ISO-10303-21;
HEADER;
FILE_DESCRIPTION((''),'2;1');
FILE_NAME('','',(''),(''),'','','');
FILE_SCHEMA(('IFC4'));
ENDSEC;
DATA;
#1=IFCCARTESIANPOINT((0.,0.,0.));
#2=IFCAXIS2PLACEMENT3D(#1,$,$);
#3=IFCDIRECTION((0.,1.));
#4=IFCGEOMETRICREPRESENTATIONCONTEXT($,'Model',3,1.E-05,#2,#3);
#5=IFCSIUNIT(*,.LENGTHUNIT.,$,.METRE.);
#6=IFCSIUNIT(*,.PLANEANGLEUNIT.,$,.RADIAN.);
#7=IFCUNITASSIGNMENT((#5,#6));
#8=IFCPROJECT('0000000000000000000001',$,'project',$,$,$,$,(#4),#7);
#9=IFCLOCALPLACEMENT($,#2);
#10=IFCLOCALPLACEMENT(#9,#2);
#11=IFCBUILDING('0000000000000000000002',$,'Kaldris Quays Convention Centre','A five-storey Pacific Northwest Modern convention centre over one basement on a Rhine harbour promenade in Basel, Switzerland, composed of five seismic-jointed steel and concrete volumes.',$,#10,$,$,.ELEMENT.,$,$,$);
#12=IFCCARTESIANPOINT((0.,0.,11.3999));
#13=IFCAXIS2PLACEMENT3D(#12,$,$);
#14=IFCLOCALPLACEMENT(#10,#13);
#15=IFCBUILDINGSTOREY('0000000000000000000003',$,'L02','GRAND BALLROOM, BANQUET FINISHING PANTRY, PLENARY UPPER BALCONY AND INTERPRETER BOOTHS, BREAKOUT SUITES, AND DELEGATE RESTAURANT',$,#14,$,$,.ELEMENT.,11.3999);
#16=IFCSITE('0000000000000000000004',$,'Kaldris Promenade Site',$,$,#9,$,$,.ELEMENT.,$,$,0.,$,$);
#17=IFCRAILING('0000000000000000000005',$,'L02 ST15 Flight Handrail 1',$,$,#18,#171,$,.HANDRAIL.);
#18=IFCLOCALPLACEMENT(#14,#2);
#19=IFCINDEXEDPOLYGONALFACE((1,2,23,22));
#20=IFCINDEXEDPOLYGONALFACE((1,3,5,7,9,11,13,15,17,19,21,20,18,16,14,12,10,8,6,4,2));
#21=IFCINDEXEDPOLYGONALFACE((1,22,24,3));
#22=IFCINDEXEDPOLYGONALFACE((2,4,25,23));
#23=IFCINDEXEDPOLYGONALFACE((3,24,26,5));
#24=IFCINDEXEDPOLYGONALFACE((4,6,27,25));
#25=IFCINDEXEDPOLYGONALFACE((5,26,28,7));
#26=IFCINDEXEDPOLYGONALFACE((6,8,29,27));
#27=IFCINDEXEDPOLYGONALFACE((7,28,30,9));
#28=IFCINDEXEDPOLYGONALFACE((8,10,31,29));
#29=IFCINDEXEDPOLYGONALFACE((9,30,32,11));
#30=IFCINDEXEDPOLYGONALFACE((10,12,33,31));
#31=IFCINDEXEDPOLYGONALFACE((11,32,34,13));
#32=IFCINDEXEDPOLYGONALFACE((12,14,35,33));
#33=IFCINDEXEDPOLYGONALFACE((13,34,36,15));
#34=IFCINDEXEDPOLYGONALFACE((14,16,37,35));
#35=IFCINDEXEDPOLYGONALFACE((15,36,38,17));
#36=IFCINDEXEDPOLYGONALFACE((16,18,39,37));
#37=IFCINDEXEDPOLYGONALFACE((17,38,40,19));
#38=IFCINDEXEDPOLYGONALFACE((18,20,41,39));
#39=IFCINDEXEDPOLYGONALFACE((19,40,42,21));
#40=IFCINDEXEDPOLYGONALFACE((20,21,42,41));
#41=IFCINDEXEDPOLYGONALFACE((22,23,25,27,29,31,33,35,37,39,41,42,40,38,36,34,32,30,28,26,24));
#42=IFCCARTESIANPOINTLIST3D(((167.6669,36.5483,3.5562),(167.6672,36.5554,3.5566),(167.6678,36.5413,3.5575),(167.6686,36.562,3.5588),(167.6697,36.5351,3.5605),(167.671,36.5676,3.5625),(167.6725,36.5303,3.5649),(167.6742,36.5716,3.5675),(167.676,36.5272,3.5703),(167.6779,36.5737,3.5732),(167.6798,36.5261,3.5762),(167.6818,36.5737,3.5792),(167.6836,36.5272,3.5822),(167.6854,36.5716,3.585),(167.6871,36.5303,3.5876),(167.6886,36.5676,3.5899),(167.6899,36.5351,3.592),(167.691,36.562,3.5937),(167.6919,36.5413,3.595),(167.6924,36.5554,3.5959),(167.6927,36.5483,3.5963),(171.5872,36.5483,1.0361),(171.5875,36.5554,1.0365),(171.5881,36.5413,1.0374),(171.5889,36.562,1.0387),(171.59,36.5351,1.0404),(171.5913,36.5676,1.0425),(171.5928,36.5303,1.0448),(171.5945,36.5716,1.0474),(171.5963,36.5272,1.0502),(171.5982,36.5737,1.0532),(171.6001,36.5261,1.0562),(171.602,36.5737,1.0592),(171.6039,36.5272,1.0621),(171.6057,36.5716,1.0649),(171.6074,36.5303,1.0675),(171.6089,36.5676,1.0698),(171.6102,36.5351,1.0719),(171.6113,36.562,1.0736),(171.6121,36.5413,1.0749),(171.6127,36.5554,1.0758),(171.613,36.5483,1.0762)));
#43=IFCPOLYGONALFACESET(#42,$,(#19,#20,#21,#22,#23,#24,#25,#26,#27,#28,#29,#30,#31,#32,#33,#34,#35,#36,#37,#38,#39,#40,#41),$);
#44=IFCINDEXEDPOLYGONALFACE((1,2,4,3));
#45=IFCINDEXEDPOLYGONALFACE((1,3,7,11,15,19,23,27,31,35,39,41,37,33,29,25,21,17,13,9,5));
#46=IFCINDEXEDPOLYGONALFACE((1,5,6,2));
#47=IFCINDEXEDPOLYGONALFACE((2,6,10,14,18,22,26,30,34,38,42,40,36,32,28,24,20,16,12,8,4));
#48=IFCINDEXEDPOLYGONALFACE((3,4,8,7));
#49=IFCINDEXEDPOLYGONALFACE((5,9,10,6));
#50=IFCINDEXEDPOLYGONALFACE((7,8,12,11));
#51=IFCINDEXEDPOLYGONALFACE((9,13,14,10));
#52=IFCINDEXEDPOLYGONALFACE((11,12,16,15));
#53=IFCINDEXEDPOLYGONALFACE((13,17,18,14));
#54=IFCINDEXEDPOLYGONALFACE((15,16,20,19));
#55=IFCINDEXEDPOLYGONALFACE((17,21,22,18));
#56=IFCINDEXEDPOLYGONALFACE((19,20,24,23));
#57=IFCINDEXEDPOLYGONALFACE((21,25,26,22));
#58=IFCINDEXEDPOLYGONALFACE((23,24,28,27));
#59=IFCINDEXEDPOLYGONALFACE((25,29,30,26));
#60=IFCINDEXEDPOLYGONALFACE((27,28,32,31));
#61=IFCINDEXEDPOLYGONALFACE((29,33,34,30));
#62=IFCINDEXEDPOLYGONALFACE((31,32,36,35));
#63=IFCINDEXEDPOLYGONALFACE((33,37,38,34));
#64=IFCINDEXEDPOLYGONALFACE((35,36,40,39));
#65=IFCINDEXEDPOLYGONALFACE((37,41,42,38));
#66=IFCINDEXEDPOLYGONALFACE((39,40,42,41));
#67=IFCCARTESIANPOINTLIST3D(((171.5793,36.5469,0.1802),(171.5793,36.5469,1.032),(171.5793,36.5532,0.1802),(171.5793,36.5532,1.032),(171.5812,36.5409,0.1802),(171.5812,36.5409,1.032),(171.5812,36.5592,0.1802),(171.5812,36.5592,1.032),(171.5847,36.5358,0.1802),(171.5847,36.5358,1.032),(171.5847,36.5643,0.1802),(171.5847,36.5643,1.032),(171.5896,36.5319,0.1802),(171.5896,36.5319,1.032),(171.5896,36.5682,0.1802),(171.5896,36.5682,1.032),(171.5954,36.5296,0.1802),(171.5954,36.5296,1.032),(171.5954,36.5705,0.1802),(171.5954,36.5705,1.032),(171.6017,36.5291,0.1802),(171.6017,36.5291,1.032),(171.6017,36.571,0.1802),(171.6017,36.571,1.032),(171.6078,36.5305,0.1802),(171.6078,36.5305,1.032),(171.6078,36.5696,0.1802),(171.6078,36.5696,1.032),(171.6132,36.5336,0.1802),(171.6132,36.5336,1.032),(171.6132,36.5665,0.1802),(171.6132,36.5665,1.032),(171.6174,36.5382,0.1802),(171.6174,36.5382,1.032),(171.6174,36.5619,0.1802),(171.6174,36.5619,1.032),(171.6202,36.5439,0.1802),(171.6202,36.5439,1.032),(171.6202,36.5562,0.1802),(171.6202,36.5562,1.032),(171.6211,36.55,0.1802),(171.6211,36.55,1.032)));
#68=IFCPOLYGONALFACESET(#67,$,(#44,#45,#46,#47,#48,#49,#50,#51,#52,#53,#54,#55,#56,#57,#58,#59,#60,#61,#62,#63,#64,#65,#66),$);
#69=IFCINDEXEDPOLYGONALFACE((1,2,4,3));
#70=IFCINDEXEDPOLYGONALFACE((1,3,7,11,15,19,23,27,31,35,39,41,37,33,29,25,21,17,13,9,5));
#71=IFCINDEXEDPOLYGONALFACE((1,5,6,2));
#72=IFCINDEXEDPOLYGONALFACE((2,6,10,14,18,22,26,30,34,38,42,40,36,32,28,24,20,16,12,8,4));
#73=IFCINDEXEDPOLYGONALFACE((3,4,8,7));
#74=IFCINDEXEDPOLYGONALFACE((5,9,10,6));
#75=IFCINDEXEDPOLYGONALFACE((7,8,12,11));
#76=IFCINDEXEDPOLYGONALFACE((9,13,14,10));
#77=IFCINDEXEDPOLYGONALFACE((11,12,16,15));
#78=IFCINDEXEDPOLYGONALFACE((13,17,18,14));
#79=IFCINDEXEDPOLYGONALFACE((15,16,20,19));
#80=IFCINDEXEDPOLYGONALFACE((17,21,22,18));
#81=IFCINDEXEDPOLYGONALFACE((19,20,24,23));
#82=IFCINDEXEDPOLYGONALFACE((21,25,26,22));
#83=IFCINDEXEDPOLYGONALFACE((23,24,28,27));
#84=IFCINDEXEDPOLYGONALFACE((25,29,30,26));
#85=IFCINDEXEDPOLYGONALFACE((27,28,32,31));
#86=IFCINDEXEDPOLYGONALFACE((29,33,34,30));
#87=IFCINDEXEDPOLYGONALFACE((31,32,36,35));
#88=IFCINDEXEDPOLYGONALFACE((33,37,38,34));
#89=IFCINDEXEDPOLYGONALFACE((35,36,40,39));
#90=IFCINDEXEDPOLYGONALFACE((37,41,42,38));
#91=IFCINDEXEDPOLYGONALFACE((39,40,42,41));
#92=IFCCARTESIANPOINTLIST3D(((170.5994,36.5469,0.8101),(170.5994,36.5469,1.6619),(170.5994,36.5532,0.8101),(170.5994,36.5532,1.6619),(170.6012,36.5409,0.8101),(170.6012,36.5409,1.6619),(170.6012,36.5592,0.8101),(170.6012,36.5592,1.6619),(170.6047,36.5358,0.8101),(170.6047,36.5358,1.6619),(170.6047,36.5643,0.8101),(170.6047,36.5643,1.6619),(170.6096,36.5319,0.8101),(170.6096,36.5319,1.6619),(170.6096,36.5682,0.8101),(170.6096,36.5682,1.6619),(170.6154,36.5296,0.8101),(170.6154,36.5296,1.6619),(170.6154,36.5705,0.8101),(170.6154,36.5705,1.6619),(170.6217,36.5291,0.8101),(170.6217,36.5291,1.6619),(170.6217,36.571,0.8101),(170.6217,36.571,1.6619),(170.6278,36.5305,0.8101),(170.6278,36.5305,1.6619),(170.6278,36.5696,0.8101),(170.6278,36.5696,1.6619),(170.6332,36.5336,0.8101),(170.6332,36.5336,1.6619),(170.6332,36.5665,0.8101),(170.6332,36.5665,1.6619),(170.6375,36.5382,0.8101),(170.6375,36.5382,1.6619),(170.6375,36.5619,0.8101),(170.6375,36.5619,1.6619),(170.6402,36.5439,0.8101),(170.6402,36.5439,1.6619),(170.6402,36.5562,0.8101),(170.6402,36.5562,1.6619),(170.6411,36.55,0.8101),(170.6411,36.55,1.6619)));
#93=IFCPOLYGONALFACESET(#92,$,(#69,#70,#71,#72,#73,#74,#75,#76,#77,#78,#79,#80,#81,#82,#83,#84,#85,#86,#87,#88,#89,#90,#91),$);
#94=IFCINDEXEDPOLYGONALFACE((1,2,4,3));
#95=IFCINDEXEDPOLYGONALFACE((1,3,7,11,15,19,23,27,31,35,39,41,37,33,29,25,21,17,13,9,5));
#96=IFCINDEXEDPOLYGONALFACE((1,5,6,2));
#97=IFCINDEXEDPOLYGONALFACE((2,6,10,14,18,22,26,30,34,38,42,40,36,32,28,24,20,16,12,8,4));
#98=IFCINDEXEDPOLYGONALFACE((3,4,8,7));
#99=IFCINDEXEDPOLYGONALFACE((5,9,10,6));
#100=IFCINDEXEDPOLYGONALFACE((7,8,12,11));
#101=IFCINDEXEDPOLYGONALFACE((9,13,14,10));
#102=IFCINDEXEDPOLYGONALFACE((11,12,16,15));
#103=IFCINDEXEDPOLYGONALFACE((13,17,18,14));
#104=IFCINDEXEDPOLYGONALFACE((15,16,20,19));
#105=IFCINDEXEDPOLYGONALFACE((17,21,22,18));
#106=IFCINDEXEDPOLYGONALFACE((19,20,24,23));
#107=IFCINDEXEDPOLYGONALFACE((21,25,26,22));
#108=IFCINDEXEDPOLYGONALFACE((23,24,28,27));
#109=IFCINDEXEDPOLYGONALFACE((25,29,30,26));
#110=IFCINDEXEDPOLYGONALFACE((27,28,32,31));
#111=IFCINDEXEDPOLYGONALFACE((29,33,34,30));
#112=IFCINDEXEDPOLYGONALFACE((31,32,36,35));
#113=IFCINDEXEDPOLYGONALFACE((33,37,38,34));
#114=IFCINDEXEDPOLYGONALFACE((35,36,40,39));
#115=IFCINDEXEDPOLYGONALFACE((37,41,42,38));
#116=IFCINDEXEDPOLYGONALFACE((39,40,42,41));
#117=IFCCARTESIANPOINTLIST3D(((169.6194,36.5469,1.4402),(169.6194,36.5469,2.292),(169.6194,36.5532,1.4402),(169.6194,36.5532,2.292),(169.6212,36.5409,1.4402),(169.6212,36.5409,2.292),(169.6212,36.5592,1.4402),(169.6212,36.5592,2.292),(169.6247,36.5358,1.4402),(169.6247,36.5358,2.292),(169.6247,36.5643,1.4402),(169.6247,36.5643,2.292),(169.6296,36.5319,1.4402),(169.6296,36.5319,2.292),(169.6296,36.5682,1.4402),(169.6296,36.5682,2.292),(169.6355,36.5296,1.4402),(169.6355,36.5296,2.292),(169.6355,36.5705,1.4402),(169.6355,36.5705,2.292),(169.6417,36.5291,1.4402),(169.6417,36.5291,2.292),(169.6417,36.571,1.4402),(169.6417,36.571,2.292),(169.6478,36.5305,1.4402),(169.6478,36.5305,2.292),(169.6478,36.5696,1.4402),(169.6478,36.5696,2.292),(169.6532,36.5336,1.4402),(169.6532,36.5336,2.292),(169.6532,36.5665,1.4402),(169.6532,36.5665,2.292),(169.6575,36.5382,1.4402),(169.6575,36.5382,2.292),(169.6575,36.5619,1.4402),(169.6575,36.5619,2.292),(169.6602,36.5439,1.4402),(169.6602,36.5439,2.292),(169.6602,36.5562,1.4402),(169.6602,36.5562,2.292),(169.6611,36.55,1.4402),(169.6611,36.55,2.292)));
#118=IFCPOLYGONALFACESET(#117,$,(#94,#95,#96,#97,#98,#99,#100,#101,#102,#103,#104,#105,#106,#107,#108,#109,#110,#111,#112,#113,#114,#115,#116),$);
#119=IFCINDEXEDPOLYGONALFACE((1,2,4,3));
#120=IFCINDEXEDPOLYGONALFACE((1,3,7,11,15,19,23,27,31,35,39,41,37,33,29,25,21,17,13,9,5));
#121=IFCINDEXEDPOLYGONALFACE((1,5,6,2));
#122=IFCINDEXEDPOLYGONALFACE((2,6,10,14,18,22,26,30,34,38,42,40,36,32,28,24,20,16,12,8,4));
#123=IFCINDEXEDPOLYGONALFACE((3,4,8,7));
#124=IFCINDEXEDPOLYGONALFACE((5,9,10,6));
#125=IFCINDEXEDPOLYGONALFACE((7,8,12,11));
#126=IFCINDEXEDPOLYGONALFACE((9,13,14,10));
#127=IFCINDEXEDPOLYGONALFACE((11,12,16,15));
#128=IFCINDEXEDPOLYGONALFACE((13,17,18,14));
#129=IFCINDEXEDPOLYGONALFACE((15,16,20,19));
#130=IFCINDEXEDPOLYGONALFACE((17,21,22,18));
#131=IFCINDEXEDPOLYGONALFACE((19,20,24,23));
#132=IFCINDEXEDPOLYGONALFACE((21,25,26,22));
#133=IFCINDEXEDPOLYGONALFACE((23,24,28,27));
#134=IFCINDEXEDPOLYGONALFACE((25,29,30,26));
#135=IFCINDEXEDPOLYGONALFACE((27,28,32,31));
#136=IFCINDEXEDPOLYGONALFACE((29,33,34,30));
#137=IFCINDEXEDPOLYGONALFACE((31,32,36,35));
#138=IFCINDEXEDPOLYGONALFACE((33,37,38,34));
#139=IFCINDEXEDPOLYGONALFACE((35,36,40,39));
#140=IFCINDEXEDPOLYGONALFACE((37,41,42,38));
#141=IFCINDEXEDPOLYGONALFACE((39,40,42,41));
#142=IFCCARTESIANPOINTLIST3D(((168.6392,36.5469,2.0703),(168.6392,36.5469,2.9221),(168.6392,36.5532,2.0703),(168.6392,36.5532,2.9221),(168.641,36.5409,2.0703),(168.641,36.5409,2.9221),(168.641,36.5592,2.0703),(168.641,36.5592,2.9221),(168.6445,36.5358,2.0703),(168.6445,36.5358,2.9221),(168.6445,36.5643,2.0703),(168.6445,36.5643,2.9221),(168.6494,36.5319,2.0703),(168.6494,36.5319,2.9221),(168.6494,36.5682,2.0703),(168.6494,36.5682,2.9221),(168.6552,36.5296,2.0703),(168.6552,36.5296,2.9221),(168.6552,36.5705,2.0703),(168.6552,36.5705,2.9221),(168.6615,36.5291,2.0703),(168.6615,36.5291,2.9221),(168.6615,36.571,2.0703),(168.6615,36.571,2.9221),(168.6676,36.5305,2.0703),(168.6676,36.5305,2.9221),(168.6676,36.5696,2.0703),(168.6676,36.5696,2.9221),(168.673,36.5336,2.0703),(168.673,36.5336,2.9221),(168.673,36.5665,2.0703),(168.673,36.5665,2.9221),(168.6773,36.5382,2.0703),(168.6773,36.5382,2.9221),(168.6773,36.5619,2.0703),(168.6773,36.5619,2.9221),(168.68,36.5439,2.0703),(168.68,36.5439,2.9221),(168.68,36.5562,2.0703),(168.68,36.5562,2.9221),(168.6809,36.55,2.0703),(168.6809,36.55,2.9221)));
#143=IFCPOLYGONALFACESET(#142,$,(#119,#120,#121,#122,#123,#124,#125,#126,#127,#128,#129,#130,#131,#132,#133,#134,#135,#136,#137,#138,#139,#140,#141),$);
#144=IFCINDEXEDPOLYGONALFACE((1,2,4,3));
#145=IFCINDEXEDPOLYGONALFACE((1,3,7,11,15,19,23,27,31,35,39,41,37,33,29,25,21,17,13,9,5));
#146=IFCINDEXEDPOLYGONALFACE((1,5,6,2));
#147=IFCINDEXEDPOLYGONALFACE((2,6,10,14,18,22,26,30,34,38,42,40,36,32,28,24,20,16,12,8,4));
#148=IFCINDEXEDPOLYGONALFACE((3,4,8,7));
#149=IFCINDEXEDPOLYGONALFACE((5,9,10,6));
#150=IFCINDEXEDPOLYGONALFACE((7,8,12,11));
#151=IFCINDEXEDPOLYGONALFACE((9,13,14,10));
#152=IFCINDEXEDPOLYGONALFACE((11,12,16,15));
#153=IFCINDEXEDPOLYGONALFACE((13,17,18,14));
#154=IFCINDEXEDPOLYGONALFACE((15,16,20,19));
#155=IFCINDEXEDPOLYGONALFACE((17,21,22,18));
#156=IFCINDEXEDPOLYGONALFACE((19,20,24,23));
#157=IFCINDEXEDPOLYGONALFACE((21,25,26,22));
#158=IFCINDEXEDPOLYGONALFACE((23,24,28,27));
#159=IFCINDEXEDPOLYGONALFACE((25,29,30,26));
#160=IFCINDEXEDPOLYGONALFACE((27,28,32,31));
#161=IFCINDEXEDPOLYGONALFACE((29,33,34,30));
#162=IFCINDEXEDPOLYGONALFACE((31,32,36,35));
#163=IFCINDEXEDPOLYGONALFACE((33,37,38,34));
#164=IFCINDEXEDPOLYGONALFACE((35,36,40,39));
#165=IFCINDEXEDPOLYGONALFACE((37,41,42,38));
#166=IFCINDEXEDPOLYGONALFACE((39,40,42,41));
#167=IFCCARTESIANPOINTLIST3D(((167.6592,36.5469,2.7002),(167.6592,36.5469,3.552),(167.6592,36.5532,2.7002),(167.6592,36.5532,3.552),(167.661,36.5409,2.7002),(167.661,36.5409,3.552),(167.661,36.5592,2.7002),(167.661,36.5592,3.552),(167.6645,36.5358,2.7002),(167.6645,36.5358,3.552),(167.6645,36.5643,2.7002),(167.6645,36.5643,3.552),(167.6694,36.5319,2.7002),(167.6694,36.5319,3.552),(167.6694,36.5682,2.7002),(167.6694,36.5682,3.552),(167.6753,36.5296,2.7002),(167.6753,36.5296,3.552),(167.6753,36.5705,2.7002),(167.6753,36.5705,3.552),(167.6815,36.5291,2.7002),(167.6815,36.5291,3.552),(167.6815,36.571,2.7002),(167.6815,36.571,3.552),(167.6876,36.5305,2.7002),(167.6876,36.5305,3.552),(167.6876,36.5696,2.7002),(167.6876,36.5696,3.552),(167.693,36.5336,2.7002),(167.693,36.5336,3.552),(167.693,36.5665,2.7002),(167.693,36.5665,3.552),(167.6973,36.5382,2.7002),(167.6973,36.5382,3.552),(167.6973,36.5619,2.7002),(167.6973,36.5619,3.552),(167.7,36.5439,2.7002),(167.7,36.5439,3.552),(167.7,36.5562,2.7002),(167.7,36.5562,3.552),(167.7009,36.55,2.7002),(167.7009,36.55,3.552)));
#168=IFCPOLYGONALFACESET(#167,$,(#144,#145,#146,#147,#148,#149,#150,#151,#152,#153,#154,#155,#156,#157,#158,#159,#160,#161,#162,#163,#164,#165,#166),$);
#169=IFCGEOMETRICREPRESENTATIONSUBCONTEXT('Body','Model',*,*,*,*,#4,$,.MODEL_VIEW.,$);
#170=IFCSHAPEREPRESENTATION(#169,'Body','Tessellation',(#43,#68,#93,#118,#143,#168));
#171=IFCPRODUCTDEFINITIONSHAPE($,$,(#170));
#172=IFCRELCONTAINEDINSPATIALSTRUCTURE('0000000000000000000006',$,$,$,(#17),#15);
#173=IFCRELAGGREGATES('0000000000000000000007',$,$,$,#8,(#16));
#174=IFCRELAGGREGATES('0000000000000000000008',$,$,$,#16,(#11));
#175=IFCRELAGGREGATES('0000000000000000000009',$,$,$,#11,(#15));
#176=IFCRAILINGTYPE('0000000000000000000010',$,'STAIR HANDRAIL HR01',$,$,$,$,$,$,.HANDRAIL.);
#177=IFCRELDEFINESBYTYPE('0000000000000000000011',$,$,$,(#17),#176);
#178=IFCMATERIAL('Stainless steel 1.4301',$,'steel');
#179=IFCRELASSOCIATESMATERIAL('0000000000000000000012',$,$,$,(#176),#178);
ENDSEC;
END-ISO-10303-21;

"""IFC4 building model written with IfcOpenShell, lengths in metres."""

from ifc_helpers import new_model, si_unit, direction, frame, origin, origin_2d, place, context, subcontext, project, spatial, circle, extrude, material, type_object, element, save


model = new_model("IFC4")

# Units and contexts
model_context = context("Model", 3, precision=1e-05, world=origin(), true_north=direction((0.0, 1.0)))
body_context = subcontext(model_context, "Body", "Model", "MODEL_VIEW")
ifc_project = project(units=[si_unit("LENGTHUNIT", "METRE"), si_unit("PLANEANGLEUNIT", "RADIAN")], contexts=[model_context])

# Site, building, storey
site_placement = place(None, origin())
site = spatial("IfcSite", under=ifc_project, at=site_placement, Name="Kaldris Promenade Site", CompositionType="ELEMENT", RefElevation=0.0)
building_placement = place(site_placement, origin())
building = spatial("IfcBuilding", under=site, at=building_placement, Name="Kaldris Quays Convention Centre", Description="A five-storey Pacific Northwest Modern convention centre over one basement on a Rhine harbour promenade in Basel, Switzerland, composed of five seismic-jointed steel and concrete volumes.", CompositionType="ELEMENT")
storey_placement = place(building_placement, frame((0.0, 0.0, 11.3999)))
storey = spatial("IfcBuildingStorey", under=building, at=storey_placement, Name="L02", Description="GRAND BALLROOM, BANQUET FINISHING PANTRY, PLENARY UPPER BALCONY AND INTERPRETER BOOTHS, BREAKOUT SUITES, AND DELEGATE RESTAURANT", CompositionType="ELEMENT", Elevation=11.3999)

# Railing
ifc_material_1 = material(Name="Stainless steel 1.4301", Category="steel")
railing_type = type_object("IfcRailingType", Name="STAIR HANDRAIL HR01", PredefinedType="HANDRAIL", material=ifc_material_1)
railing_placement = place(storey_placement, frame((171.6001, 36.55, 0.1802)))
element("IfcRailing", 1, at=railing_placement, inside=storey, type_object=railing_type, Name="L02 ST15 Flight Handrail 1", PredefinedType="HANDRAIL", context=body_context, shape_type="SweptSolid", body=[
    extrude(circle(Radius=0.0239, at=origin_2d()), frame((0.0, 0.0, 0.876), z_axis=(-0.841187, 0.0, 0.540744), x_axis=(0.0, -1.0, 0.0)), (0.0, 0.0, 1.0), 4.6604),
    extrude(circle(Radius=0.021, at=origin_2d()), origin(), (0.0, 0.0, 1.0), 0.8518),
    extrude(circle(Radius=0.021, at=origin_2d()), frame((-0.98, 0.0, 0.6299)), (0.0, 0.0, 1.0), 0.8518),
    extrude(circle(Radius=0.021, at=origin_2d()), frame((-1.96, 0.0, 1.26)), (0.0, 0.0, 1.0), 0.8518),
    extrude(circle(Radius=0.021, at=origin_2d()), frame((-2.9402, 0.0, 1.8901)), (0.0, 0.0, 1.0), 0.8518),
    extrude(circle(Radius=0.021, at=origin_2d()), frame((-3.9202, 0.0, 2.52)), (0.0, 0.0, 1.0), 0.8518),
])

save(model, "model.ifc")
